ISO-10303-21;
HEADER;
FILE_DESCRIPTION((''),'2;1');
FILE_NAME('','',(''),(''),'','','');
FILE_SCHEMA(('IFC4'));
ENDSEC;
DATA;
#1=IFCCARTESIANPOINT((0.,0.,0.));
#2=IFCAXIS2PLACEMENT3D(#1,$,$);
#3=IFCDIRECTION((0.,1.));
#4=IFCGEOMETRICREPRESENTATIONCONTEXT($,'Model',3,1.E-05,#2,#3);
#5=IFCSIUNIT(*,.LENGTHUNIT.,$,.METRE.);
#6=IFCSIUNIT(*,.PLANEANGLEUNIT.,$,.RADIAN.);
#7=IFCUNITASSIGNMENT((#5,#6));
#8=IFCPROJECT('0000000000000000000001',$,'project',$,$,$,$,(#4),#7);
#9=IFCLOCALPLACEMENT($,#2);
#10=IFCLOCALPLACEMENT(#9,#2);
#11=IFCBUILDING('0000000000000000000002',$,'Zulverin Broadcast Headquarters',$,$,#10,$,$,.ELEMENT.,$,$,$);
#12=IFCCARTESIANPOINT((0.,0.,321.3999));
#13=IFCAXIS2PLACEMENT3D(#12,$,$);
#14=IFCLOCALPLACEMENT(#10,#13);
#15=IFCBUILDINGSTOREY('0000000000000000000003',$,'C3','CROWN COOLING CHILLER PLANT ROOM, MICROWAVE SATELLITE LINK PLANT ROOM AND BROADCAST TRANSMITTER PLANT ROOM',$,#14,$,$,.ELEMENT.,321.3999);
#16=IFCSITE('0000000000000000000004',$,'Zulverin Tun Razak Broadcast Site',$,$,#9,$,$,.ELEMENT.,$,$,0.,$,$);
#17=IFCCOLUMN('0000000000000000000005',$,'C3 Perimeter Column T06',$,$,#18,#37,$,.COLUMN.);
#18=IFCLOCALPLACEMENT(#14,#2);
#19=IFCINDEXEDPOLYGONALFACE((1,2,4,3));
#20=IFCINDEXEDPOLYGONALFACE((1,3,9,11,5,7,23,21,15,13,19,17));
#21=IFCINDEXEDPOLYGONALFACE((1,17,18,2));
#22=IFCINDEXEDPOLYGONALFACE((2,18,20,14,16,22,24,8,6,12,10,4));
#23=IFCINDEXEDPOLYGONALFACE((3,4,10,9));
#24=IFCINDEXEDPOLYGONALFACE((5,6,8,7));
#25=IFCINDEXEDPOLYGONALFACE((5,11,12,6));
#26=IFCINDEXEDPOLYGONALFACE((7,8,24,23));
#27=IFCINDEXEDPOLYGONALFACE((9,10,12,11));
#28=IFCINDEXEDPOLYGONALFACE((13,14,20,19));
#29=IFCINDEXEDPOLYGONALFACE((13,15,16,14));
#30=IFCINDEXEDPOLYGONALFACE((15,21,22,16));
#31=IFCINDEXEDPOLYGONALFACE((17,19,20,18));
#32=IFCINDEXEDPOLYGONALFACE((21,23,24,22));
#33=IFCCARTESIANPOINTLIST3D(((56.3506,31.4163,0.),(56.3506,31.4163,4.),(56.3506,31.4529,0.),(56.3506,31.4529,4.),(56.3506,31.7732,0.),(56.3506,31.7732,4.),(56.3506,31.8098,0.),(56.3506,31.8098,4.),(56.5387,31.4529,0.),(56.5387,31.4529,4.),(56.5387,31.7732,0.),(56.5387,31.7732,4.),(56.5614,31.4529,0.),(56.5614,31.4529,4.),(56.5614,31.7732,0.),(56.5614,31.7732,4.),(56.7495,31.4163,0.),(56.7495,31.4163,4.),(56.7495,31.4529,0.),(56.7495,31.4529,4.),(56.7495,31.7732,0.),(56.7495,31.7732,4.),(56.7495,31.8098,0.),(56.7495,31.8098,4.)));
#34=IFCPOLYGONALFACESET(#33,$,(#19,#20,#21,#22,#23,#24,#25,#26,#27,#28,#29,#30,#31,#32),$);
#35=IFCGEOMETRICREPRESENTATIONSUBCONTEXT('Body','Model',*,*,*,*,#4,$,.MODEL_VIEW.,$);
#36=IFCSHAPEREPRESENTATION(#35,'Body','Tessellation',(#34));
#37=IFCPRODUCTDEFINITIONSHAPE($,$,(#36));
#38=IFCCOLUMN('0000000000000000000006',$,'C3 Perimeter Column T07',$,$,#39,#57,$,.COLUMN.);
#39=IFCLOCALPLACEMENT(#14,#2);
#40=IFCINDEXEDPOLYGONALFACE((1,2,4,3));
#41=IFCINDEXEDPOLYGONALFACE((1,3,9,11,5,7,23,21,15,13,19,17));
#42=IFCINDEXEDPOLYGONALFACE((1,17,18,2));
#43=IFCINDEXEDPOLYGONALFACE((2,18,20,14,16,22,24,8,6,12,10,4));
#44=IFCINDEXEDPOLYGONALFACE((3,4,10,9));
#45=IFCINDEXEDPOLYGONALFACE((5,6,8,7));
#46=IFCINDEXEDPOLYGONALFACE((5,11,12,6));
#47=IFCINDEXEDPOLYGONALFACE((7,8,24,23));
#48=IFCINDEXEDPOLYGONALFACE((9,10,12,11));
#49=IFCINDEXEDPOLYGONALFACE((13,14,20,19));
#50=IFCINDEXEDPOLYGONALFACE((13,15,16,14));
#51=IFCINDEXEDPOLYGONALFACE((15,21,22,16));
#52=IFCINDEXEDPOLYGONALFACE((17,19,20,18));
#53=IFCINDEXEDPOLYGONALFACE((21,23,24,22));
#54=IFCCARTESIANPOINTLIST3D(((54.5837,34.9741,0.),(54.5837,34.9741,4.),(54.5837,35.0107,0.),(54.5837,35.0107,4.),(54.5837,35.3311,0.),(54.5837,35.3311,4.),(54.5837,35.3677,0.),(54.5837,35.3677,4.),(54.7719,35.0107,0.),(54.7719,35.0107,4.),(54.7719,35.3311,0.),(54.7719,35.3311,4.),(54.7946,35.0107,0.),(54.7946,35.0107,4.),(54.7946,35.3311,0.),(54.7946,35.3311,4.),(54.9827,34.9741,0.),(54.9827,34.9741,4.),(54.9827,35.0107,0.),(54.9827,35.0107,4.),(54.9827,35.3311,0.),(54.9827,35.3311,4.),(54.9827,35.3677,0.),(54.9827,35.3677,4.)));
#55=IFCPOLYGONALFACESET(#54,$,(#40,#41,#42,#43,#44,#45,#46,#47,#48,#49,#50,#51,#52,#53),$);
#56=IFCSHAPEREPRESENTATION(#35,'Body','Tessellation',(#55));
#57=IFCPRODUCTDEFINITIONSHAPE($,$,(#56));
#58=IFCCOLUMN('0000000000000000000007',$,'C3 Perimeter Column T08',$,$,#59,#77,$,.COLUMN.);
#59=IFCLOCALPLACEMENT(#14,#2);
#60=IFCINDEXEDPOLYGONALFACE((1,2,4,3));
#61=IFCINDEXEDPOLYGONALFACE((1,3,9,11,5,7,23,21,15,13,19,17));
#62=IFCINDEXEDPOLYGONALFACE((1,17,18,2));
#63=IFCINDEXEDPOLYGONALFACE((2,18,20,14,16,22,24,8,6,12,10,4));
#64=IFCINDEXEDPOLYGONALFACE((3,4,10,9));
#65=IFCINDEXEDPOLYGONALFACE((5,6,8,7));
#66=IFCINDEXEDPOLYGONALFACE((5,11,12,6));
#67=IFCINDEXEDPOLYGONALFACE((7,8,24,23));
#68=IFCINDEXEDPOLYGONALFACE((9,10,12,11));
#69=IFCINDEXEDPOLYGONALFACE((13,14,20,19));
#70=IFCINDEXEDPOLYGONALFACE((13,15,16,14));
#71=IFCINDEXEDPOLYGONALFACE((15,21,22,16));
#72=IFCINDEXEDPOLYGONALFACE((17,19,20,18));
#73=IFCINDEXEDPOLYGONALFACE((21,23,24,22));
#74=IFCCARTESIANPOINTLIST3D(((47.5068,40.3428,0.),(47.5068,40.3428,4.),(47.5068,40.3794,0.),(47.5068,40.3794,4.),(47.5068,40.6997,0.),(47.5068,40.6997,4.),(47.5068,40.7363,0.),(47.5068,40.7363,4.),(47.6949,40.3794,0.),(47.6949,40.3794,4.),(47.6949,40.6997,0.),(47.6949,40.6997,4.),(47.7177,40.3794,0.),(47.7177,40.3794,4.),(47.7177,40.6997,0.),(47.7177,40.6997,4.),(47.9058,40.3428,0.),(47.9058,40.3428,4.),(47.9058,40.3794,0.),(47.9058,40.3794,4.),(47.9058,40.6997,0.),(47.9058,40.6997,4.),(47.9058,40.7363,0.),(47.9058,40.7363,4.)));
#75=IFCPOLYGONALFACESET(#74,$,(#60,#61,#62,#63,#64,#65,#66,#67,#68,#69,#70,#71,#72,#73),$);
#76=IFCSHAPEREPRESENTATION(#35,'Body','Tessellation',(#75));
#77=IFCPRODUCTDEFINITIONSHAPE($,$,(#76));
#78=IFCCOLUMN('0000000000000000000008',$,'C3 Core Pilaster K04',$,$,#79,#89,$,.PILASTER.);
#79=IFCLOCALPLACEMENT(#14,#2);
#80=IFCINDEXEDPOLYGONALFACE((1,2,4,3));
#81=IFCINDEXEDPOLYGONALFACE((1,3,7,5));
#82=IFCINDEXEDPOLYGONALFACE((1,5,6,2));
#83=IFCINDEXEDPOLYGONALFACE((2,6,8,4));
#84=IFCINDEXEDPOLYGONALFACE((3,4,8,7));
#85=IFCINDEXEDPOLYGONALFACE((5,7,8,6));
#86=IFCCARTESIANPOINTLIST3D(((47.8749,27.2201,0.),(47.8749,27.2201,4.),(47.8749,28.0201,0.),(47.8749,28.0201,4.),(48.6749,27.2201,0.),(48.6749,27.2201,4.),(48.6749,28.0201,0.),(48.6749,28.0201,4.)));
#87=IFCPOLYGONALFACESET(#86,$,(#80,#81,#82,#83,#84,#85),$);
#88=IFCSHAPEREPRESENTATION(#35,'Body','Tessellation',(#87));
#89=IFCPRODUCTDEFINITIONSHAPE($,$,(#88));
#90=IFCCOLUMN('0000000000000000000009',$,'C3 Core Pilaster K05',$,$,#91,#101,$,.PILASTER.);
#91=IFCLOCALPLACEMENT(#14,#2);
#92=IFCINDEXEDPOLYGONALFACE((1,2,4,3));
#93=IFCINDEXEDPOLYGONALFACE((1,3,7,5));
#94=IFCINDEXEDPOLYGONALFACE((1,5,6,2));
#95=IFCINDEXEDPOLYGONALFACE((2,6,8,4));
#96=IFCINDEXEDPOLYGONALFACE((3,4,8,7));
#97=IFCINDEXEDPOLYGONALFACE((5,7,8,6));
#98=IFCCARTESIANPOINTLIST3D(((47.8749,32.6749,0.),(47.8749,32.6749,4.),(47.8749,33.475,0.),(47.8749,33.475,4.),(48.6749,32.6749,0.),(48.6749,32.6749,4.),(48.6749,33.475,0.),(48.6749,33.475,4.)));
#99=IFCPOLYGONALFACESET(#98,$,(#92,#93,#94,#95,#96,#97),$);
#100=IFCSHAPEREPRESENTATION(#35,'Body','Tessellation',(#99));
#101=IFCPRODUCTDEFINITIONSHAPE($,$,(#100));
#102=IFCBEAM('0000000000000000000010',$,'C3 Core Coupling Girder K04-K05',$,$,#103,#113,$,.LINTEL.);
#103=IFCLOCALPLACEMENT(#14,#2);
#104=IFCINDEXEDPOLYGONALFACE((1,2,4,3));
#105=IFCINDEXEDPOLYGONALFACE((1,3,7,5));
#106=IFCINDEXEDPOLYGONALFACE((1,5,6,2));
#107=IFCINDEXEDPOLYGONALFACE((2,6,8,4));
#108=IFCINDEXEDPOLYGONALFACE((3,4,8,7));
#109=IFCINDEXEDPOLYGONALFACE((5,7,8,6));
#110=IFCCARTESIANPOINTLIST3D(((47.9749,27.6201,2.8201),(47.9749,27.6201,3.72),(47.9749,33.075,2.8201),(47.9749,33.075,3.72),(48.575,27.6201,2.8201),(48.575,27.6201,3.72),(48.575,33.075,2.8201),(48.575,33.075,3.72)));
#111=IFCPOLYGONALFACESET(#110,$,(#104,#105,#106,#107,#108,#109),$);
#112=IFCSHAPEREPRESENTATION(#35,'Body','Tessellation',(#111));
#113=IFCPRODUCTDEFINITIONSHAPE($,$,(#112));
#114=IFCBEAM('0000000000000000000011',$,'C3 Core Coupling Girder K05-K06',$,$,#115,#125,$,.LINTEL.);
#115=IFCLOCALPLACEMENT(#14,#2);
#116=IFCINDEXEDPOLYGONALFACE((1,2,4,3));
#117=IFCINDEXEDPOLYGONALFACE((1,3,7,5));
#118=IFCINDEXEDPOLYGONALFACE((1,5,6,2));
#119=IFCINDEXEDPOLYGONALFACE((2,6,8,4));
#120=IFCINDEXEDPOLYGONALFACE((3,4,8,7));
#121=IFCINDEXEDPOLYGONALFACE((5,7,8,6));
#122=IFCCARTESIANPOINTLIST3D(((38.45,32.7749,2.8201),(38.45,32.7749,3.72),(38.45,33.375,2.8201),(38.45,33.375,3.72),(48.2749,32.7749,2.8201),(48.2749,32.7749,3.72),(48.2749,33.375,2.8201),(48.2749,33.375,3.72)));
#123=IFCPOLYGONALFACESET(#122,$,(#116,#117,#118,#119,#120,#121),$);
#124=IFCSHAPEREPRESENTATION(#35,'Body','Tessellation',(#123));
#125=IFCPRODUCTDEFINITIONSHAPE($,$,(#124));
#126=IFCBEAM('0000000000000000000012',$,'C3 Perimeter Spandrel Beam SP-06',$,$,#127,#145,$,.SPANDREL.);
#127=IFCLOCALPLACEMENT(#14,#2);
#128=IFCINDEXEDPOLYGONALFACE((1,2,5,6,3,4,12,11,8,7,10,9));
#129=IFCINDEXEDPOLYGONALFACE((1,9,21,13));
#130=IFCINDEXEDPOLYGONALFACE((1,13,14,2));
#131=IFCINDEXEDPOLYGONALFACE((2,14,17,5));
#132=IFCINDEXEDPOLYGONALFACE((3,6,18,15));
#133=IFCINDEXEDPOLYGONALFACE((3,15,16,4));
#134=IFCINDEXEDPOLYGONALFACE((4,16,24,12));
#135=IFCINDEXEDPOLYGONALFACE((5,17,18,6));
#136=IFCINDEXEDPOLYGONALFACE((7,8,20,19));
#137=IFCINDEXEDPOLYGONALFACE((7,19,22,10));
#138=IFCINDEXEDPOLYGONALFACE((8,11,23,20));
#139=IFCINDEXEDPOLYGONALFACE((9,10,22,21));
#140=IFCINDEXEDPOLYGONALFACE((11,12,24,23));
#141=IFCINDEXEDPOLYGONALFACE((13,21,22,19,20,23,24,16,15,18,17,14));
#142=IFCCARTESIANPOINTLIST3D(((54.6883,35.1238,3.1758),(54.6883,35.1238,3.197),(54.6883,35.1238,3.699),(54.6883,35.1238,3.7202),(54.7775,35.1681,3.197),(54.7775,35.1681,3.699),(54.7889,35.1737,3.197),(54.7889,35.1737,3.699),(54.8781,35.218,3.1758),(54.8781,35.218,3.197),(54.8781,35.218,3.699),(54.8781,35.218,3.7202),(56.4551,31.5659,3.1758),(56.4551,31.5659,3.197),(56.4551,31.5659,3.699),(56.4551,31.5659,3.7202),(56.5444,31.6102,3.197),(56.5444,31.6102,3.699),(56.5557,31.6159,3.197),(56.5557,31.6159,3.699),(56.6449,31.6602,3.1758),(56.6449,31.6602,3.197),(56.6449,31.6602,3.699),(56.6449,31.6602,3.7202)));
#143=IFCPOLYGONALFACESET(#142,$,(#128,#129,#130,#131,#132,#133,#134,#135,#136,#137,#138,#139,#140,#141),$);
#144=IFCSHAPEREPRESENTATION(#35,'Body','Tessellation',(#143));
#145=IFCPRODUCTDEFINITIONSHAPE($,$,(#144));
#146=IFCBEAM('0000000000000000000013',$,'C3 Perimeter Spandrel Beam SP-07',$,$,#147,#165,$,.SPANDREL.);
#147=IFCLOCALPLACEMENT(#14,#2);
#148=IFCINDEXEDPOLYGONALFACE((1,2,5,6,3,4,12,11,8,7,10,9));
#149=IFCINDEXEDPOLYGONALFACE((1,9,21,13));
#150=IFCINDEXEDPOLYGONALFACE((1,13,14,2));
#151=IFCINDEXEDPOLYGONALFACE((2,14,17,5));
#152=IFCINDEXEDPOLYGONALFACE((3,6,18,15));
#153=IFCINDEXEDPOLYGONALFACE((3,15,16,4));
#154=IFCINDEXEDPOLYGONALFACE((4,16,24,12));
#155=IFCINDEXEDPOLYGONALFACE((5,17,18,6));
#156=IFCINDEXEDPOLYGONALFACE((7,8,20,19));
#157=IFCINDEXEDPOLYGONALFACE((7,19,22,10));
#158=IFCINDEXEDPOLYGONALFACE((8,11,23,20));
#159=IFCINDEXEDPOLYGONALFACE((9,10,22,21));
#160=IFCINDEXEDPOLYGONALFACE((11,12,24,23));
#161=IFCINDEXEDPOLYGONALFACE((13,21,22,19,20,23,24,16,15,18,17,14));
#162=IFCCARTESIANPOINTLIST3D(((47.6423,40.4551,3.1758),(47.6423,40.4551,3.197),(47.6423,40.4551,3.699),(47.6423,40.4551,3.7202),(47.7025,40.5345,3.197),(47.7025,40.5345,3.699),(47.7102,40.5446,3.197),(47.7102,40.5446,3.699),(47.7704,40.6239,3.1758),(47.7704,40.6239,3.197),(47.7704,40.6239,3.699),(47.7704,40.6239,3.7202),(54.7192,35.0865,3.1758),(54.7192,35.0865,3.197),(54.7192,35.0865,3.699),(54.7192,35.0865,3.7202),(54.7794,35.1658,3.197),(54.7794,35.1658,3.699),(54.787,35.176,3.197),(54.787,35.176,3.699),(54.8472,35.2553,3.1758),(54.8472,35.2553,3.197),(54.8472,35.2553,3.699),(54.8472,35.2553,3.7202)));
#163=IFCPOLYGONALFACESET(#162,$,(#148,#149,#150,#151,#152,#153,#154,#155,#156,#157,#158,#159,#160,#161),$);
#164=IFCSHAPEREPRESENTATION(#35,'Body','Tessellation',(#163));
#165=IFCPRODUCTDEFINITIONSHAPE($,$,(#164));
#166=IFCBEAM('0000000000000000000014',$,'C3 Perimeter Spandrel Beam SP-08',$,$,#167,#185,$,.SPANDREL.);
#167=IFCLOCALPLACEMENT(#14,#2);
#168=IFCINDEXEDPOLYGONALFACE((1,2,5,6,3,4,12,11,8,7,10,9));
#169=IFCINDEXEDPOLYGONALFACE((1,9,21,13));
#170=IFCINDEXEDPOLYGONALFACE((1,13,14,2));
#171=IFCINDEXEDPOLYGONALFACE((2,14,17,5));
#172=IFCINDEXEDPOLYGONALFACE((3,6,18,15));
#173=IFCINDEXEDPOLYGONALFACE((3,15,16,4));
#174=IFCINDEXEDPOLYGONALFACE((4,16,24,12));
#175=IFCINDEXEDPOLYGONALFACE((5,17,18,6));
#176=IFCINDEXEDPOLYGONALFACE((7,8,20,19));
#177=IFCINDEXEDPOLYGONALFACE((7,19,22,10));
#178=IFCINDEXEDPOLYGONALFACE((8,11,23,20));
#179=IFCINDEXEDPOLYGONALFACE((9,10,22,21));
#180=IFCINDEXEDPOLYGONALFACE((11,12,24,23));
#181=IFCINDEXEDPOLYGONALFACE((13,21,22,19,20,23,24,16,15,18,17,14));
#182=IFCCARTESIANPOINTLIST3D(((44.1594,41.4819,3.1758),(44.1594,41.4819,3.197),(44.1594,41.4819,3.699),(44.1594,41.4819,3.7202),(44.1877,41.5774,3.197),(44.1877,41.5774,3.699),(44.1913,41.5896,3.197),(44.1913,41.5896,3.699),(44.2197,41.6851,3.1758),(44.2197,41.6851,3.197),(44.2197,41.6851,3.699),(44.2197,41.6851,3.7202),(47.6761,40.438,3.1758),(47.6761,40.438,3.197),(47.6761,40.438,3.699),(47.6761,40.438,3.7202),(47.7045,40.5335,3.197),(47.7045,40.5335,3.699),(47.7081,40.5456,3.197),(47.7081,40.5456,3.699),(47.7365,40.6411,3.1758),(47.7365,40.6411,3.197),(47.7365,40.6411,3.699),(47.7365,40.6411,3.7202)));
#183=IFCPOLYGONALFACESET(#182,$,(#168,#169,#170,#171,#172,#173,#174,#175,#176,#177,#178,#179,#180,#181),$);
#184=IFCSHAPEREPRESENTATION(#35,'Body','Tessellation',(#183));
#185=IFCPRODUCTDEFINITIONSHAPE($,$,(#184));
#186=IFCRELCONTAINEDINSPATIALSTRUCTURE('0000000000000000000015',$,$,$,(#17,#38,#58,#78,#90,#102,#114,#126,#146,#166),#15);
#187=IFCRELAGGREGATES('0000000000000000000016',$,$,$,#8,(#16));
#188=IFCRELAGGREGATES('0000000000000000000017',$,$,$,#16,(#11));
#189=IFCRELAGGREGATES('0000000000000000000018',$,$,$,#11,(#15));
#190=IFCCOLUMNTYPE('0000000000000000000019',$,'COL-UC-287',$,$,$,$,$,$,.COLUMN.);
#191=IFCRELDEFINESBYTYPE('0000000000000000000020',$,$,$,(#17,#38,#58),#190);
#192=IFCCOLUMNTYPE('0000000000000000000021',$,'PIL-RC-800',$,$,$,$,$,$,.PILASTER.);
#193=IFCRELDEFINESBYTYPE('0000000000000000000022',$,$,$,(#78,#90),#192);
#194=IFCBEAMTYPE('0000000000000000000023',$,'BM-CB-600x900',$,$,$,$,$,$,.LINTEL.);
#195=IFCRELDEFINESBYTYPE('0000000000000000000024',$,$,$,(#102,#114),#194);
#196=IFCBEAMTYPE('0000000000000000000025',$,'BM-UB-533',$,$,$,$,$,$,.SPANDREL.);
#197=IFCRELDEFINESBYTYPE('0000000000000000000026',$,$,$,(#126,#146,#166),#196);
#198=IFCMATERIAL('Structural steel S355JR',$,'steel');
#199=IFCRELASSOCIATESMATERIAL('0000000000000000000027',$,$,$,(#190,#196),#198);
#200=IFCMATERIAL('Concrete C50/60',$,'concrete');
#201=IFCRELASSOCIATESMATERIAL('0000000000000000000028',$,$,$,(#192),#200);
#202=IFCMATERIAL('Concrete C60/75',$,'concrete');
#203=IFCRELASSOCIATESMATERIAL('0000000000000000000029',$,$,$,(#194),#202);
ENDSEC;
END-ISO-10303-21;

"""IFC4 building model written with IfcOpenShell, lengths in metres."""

from ifc_helpers import new_model, si_unit, direction, frame, origin, origin_2d, place, context, subcontext, project, spatial, rectangle, i_section, extrude, material, material_profile, profile_set, type_object, element, save


model = new_model("IFC4")

# Units and contexts
model_context = context("Model", 3, precision=1e-05, world=origin(), true_north=direction((0.0, 1.0)))
body_context = subcontext(model_context, "Body", "Model", "MODEL_VIEW")
ifc_project = project(units=[si_unit("LENGTHUNIT", "METRE"), si_unit("PLANEANGLEUNIT", "RADIAN")], contexts=[model_context])

# Site, building, storey
site_placement = place(None, origin())
site = spatial("IfcSite", under=ifc_project, at=site_placement, Name="Zulverin Tun Razak Broadcast Site", CompositionType="ELEMENT", RefElevation=0.0)
building_placement = place(site_placement, origin())
building = spatial("IfcBuilding", under=site, at=building_placement, Name="Zulverin Broadcast Headquarters", CompositionType="ELEMENT")
storey_placement = place(building_placement, frame((0.0, 0.0, 321.3999)))
storey = spatial("IfcBuildingStorey", under=building, at=storey_placement, Name="C3", Description="CROWN COOLING CHILLER PLANT ROOM, MICROWAVE SATELLITE LINK PLANT ROOM AND BROADCAST TRANSMITTER PLANT ROOM", CompositionType="ELEMENT", Elevation=321.3999)

# Columns
ifc_material_1 = material(Name="Structural steel S355JR", Category="steel")
ifc_material_profile_1 = material_profile(ifc_material_1, i_section(OverallWidth=0.3989, OverallDepth=0.3936, WebThickness=0.0227, FlangeThickness=0.0366, at=origin_2d()), Name="Structural steel S355JR", Category="steel")
ifc_profile_set_1 = profile_set([ifc_material_profile_1], Name="Structural steel S355JR")
column_type_1 = type_object("IfcColumnType", Name="COL-UC-287", PredefinedType="COLUMN", material=ifc_profile_set_1)
for number, where, z_axis, x_axis, name in (
    (1, (56.55, 31.613, 0.0), (0.0, 0.0, 1.0), (1.0, 0.0, 0.0), "C3 Perimeter Column T06"),
    (2, (54.7832, 35.1709, 0.0), (0.0, 0.0, 1.0), (1.0, 0.0, 0.0), "C3 Perimeter Column T07"),
    (3, (47.7063, 40.5396, 0.0), (0.0, 0.0, 1.0), (1.0, 0.0, 0.0), "C3 Perimeter Column T08"),
):
    element("IfcColumn", number, at=place(storey_placement, frame(where, z_axis=z_axis, x_axis=x_axis)), inside=storey, type_object=column_type_1, Name=name, PredefinedType="COLUMN", context=body_context, shape_type="SweptSolid", body=[
        extrude(i_section(OverallWidth=0.3989, OverallDepth=0.3936, WebThickness=0.0227, FlangeThickness=0.0366, at=origin_2d()), origin(), (0.0, 0.0, 1.0), 4.0),
    ])
ifc_material_2 = material(Name="Concrete C50/60", Category="concrete")
ifc_material_profile_2 = material_profile(ifc_material_2, rectangle(XDim=0.8, YDim=0.8, at=origin_2d()), Name="Concrete C50/60", Category="concrete")
ifc_profile_set_2 = profile_set([ifc_material_profile_2], Name="Concrete C50/60")
column_type_2 = type_object("IfcColumnType", Name="PIL-RC-800", PredefinedType="PILASTER", material=ifc_profile_set_2)
for number, where, z_axis, x_axis, name in (
    (4, (48.2749, 27.6201, 0.0), (0.0, 0.0, 1.0), (1.0, 0.0, 0.0), "C3 Core Pilaster K04"),
    (5, (48.2749, 33.075, 0.0), (0.0, 0.0, 1.0), (1.0, 0.0, 0.0), "C3 Core Pilaster K05"),
):
    element("IfcColumn", number, at=place(storey_placement, frame(where, z_axis=z_axis, x_axis=x_axis)), inside=storey, type_object=column_type_2, Name=name, PredefinedType="PILASTER", context=body_context, shape_type="SweptSolid", body=[
        extrude(rectangle(XDim=0.8, YDim=0.8, at=origin_2d()), origin(), (0.0, 0.0, 1.0), 4.0),
    ])

# Beams
ifc_material_3 = material(Name="Concrete C60/75", Category="concrete")
ifc_material_profile_3 = material_profile(ifc_material_3, rectangle(XDim=0.6001, YDim=0.8999, at=origin_2d()), Name="Concrete C60/75", Category="concrete")
ifc_profile_set_3 = profile_set([ifc_material_profile_3], Name="Concrete C60/75")
beam_type_1 = type_object("IfcBeamType", Name="BM-CB-600x900", PredefinedType="LINTEL", material=ifc_profile_set_3)
beam_1_placement = place(storey_placement, frame((48.2749, 27.6201, 3.27), z_axis=(0.0, 1.0, 0.0), x_axis=(-1.0, 0.0, 0.0)))
element("IfcBeam", 6, at=beam_1_placement, inside=storey, type_object=beam_type_1, Name="C3 Core Coupling Girder K04-K05", PredefinedType="LINTEL", context=body_context, shape_type="SweptSolid", body=[
    extrude(rectangle(XDim=0.6001, YDim=0.8999, at=origin_2d()), origin(), (0.0, 0.0, 1.0), 5.4548),
])
beam_2_placement = place(storey_placement, frame((48.2749, 33.075, 3.27), z_axis=(-1.0, 0.0, 0.0), x_axis=(0.0, -1.0, 0.0)))
element("IfcBeam", 7, at=beam_2_placement, inside=storey, type_object=beam_type_1, Name="C3 Core Coupling Girder K05-K06", PredefinedType="LINTEL", context=body_context, shape_type="SweptSolid", body=[
    extrude(rectangle(XDim=0.6001, YDim=0.8999, at=origin_2d()), origin(), (0.0, 0.0, 1.0), 9.825),
])
ifc_material_profile_4 = material_profile(ifc_material_1, i_section(OverallWidth=0.2119, OverallDepth=0.5444, WebThickness=0.0127, FlangeThickness=0.0212, at=origin_2d()), Name="Structural steel S355JR", Category="steel")
ifc_profile_set_4 = profile_set([ifc_material_profile_4], Name="Structural steel S355JR")
beam_type_2 = type_object("IfcBeamType", Name="BM-UB-533", PredefinedType="SPANDREL", material=ifc_profile_set_4)
beam_3_placement = place(storey_placement, frame((56.55, 31.613, 3.448), z_axis=(-0.444778, 0.895641, 0.0), x_axis=(-0.895641, -0.444778, 0.0)))
element("IfcBeam", 8, at=beam_3_placement, inside=storey, type_object=beam_type_2, Name="C3 Perimeter Spandrel Beam SP-06", PredefinedType="SPANDREL", context=body_context, shape_type="SweptSolid", body=[
    extrude(i_section(OverallWidth=0.2119, OverallDepth=0.5444, WebThickness=0.0127, FlangeThickness=0.0212, at=origin_2d()), origin(), (0.0, 0.0, 1.0), 3.9724),
])
beam_4_placement = place(storey_placement, frame((54.7832, 35.1709, 3.448), z_axis=(-0.796693, 0.604384, 0.0), x_axis=(-0.604384, -0.796693, 0.0)))
element("IfcBeam", 9, at=beam_4_placement, inside=storey, type_object=beam_type_2, Name="C3 Perimeter Spandrel Beam SP-07", PredefinedType="SPANDREL", context=body_context, shape_type="SweptSolid", body=[
    extrude(i_section(OverallWidth=0.2119, OverallDepth=0.5444, WebThickness=0.0127, FlangeThickness=0.0212, at=origin_2d()), origin(), (0.0, 0.0, 1.0), 8.8828),
])
beam_5_placement = place(storey_placement, frame((47.7063, 40.5396, 3.448), z_axis=(-0.958656, 0.284569, 0.0), x_axis=(-0.284569, -0.958656, 0.0)))
element("IfcBeam", 10, at=beam_5_placement, inside=storey, type_object=beam_type_2, Name="C3 Perimeter Spandrel Beam SP-08", PredefinedType="SPANDREL", context=body_context, shape_type="SweptSolid", body=[
    extrude(i_section(OverallWidth=0.2119, OverallDepth=0.5444, WebThickness=0.0127, FlangeThickness=0.0212, at=origin_2d()), origin(), (0.0, 0.0, 1.0), 3.6685),
])

save(model, "model.ifc")
